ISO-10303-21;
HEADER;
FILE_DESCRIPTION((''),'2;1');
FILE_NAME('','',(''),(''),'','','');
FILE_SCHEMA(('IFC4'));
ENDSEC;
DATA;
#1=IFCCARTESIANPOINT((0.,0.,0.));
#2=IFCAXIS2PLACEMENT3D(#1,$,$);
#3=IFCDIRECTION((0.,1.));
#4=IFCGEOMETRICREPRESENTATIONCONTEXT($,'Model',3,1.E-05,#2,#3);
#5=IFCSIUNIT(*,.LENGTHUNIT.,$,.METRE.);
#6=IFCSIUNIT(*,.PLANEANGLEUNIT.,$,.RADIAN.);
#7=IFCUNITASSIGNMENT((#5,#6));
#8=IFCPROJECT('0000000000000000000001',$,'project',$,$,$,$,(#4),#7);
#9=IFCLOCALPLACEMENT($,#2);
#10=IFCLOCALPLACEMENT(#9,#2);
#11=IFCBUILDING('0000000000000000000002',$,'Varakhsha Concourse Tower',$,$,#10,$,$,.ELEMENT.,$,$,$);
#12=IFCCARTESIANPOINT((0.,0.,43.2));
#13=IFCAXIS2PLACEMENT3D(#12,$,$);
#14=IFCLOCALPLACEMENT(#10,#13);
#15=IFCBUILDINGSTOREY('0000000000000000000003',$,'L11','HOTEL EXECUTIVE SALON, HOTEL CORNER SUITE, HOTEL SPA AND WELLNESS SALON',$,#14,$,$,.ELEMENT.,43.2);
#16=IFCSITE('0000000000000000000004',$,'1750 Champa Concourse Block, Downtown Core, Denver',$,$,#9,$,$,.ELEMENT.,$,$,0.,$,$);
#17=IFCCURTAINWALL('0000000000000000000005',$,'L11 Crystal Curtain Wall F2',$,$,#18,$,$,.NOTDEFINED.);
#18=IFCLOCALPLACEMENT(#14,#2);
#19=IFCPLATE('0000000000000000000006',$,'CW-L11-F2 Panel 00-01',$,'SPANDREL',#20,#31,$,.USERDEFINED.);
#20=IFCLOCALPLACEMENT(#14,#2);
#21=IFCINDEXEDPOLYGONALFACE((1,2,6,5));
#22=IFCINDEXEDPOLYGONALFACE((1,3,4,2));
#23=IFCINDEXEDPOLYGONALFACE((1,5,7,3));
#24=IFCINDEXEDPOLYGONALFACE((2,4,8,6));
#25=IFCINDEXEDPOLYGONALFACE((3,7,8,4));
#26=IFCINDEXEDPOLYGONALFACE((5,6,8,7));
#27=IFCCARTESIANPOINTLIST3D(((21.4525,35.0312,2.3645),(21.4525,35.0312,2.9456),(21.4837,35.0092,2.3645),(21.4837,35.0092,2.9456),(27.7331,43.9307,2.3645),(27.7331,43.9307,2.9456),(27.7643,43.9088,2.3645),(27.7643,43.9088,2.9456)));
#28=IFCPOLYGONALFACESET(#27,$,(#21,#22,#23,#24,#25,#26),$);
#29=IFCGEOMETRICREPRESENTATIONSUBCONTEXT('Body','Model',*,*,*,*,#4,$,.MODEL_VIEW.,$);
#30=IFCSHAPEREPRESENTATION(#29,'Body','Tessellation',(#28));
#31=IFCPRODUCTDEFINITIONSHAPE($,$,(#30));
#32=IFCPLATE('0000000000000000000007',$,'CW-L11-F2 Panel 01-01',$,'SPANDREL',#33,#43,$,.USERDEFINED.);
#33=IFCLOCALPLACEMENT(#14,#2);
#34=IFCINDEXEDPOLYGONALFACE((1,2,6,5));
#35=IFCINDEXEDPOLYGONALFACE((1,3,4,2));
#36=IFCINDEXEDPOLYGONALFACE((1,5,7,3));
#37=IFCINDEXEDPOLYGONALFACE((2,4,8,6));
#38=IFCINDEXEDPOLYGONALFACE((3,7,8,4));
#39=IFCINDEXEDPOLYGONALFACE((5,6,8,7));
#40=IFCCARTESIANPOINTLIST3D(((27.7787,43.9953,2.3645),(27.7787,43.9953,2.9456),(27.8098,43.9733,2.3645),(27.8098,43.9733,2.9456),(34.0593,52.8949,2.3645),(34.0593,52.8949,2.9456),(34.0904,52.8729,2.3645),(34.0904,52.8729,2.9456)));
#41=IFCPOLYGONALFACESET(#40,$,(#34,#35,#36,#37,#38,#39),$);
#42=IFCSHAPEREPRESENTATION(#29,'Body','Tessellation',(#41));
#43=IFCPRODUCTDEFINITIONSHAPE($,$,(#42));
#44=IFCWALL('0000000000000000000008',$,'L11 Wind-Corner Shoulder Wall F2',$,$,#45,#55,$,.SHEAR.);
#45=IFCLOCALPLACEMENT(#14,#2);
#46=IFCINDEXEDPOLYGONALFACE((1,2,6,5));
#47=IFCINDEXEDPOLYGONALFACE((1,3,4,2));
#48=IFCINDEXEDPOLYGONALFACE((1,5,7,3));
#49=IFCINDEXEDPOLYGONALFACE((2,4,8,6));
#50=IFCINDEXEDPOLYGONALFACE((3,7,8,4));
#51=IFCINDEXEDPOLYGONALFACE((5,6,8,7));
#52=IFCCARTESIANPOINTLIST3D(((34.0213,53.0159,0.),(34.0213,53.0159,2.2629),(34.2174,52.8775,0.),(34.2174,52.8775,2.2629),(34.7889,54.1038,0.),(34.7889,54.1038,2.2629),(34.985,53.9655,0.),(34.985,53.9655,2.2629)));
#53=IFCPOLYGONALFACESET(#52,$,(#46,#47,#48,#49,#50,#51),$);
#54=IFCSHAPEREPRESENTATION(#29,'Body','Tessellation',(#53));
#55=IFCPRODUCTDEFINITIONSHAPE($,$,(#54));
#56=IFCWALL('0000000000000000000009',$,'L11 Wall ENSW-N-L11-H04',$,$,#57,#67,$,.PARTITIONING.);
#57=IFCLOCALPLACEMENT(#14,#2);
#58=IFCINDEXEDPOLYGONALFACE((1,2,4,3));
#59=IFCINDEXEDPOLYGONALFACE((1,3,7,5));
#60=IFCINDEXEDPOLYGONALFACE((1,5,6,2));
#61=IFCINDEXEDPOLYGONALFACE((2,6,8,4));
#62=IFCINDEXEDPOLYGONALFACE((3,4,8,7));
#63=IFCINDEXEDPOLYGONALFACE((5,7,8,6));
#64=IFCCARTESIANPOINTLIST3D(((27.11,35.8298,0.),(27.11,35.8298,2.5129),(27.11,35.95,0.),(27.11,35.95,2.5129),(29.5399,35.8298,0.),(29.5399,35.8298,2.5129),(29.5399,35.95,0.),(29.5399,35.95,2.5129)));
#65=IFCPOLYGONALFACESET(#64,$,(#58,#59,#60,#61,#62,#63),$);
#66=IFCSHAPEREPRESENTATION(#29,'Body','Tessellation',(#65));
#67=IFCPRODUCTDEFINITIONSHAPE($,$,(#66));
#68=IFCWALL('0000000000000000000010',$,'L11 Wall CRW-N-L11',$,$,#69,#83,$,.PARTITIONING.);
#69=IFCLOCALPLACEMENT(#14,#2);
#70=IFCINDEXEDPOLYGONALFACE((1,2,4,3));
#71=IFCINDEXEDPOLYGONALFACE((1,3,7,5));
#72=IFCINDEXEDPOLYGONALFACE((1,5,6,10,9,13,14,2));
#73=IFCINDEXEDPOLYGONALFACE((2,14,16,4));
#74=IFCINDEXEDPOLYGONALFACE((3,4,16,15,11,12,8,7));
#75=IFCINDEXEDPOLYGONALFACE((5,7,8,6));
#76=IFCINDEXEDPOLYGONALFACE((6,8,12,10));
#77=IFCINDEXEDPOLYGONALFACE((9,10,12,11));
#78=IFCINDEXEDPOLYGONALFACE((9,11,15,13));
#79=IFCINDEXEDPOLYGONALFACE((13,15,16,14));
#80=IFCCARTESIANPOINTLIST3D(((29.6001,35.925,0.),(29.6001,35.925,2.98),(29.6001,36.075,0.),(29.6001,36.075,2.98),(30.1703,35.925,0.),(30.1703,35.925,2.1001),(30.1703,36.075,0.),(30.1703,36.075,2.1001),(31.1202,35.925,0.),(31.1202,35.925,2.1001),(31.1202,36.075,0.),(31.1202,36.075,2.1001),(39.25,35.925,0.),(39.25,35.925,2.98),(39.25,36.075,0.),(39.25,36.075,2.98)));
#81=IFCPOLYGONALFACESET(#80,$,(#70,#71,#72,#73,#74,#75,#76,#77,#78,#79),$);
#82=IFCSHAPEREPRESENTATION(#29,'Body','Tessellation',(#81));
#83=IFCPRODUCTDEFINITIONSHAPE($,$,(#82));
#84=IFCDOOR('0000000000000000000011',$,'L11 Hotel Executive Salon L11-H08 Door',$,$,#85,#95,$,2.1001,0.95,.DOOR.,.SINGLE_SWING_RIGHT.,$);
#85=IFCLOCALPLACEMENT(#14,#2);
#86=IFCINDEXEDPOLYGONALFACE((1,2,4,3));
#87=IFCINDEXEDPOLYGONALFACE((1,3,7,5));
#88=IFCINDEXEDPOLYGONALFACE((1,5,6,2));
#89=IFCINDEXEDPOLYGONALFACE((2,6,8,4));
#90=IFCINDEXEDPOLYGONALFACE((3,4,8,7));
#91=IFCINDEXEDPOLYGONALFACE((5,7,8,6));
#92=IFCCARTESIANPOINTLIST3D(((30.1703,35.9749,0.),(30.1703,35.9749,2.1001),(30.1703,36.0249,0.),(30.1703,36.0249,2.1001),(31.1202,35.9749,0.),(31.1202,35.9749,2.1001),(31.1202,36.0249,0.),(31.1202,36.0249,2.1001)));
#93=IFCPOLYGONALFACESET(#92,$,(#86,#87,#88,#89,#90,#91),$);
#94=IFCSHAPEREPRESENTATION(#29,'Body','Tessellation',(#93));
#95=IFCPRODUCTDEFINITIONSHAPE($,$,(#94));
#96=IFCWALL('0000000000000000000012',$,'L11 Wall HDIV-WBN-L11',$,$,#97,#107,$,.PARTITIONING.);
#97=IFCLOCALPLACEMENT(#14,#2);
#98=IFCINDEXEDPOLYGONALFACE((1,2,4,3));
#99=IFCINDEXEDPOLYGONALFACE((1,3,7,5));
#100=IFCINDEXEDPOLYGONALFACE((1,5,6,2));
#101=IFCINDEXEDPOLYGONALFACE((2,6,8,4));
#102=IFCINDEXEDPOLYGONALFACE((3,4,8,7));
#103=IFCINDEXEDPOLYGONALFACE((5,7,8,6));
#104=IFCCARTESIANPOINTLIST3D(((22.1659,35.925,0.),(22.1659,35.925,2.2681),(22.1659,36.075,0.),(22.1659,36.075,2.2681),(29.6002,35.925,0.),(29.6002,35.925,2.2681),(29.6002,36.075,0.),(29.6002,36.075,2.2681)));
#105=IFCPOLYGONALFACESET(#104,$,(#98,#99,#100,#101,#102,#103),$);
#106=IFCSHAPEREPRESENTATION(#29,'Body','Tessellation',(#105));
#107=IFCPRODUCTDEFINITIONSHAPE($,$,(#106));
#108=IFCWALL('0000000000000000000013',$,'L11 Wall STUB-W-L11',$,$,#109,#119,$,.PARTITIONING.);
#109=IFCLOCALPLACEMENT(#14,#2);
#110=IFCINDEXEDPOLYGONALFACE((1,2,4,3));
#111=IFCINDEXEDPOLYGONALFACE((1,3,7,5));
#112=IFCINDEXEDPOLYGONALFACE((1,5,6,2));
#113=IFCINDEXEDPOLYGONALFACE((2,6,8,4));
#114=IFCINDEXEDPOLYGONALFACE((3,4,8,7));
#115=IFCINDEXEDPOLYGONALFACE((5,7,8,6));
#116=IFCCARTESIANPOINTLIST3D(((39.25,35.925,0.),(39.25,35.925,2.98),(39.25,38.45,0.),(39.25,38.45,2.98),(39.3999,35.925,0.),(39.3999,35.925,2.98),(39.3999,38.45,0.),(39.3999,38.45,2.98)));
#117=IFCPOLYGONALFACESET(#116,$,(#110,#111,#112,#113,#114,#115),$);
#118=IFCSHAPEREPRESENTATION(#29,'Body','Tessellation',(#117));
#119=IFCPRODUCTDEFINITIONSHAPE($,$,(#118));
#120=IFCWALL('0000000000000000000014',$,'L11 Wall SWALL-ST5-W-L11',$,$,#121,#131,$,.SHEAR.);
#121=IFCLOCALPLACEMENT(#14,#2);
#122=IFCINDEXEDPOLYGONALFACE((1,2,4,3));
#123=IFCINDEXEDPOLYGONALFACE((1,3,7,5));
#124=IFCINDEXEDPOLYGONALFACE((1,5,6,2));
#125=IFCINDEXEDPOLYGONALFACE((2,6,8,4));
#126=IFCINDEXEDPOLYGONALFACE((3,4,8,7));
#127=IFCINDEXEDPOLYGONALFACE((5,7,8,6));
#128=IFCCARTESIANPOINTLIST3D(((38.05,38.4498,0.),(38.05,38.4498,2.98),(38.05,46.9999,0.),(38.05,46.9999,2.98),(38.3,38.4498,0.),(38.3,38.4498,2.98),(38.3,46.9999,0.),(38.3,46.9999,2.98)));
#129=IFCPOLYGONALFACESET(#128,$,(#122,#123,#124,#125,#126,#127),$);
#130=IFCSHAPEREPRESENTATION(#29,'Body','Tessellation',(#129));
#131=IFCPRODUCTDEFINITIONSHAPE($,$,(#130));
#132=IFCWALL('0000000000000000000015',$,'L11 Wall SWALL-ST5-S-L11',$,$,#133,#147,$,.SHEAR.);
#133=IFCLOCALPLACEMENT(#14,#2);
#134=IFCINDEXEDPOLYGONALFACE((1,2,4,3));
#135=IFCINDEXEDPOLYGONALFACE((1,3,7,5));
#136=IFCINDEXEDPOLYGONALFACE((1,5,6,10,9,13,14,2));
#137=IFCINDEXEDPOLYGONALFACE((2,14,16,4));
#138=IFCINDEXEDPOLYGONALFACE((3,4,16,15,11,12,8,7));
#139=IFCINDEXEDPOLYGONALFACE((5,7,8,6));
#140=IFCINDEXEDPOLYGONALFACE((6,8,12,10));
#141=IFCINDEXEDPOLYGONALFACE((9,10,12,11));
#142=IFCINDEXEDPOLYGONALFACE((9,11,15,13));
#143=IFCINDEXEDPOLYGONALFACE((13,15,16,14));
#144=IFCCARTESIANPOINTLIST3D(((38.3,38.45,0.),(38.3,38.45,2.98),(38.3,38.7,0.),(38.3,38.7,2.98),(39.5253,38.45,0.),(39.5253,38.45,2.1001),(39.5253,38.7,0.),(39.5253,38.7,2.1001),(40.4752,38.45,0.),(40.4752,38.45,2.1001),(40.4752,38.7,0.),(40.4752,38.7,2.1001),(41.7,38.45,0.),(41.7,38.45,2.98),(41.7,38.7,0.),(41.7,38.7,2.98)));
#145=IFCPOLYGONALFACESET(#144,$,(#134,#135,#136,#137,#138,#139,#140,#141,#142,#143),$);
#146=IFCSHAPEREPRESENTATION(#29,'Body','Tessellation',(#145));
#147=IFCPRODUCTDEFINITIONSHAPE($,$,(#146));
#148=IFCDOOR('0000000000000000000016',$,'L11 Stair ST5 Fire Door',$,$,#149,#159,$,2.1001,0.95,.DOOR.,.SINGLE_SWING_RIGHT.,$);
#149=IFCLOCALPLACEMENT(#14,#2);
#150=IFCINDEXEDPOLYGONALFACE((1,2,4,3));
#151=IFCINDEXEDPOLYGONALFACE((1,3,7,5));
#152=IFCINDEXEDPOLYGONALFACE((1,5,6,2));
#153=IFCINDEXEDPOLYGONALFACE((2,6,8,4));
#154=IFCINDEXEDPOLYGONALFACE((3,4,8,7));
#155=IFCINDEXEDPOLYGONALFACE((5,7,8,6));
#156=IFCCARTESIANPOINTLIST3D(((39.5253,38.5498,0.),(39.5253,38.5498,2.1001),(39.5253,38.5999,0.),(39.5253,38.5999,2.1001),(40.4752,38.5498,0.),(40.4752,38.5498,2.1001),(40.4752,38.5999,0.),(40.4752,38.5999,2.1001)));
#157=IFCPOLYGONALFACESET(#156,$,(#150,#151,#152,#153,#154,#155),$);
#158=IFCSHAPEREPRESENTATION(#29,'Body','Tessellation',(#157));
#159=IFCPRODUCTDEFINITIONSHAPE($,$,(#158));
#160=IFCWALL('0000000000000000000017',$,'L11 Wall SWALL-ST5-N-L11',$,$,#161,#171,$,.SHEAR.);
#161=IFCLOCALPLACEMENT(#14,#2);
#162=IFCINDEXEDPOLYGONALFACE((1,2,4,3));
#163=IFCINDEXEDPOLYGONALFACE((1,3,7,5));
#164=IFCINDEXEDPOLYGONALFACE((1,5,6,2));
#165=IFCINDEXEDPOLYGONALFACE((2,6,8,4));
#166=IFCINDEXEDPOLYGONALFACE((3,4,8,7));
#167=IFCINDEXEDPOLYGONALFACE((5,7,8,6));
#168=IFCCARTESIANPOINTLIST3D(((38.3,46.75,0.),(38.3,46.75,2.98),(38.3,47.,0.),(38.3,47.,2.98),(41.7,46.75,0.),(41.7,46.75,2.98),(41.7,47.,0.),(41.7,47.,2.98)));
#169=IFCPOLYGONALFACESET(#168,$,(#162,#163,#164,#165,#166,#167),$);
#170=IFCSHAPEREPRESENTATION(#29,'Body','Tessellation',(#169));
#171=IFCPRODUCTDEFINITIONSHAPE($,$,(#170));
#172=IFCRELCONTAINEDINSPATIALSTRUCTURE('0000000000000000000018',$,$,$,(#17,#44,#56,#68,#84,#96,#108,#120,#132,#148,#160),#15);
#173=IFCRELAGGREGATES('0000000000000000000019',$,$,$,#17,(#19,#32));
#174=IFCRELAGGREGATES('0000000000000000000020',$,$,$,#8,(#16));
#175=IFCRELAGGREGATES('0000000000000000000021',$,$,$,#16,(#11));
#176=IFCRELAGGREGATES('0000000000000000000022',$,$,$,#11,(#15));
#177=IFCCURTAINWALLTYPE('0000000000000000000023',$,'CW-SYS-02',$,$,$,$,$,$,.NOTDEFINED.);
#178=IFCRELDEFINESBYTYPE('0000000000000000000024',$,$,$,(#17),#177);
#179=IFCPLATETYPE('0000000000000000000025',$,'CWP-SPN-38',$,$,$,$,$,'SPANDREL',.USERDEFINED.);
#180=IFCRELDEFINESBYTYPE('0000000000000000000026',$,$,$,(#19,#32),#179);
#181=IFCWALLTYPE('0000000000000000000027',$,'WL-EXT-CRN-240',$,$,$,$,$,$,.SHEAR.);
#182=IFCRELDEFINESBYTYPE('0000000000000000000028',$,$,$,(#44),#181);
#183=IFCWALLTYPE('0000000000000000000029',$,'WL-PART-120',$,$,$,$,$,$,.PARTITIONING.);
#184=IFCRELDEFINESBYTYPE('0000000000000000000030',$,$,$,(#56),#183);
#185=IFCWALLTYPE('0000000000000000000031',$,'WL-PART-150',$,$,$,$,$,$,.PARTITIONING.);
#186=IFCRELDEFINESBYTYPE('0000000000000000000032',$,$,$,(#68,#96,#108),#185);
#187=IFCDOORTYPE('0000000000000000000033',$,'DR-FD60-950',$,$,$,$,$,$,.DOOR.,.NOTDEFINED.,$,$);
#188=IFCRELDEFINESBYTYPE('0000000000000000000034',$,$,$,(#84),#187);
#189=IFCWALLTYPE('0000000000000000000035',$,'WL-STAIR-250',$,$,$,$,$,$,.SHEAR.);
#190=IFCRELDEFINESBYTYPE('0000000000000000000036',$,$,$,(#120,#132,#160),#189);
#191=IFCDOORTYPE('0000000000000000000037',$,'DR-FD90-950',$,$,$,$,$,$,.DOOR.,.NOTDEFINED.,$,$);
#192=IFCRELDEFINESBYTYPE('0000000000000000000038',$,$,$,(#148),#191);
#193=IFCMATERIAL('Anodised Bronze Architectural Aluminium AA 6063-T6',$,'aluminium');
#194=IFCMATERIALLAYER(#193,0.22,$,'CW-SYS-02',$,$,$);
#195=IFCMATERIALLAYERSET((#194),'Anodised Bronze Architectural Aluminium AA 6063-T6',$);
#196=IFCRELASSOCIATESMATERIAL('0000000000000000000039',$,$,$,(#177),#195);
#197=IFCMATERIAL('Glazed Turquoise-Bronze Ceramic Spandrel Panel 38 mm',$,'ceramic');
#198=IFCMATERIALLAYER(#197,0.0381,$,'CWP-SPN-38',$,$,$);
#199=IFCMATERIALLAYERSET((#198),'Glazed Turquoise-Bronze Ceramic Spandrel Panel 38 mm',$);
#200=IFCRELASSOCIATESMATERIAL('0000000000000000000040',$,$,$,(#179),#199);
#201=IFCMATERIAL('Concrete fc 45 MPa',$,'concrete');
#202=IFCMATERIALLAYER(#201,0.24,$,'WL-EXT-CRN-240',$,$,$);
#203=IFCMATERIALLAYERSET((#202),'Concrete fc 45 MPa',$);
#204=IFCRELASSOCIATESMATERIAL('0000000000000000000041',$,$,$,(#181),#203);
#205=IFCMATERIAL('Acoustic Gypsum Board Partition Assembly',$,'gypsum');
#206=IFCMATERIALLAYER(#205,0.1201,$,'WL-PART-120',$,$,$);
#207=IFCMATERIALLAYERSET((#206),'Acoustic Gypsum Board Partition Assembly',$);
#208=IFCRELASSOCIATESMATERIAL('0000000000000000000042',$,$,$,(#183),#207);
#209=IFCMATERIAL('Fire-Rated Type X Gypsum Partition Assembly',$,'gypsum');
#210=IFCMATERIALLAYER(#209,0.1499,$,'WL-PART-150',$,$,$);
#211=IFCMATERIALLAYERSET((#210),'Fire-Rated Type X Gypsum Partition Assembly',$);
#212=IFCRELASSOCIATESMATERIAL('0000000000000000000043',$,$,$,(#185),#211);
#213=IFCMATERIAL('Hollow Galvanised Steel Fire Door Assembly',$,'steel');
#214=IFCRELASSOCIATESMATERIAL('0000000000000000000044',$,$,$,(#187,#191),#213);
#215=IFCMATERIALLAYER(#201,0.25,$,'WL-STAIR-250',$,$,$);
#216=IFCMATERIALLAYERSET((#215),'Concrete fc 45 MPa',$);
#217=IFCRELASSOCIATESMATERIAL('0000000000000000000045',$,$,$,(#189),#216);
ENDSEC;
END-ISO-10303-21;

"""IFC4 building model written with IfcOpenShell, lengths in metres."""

from ifc_helpers import new_model, si_unit, direction, frame, frame_2d, origin, origin_2d, place, context, subcontext, project, spatial, rectangle, extrude, source, transform, mapped, material, layer, layer_set, type_object, type_shapes, element, fill, aggregate, save


model = new_model("IFC4")

# Units and contexts
model_context = context("Model", 3, precision=1e-05, world=origin(), true_north=direction((0.0, 1.0)))
body_context = subcontext(model_context, "Body", "Model", "MODEL_VIEW")
ifc_project = project(units=[si_unit("LENGTHUNIT", "METRE"), si_unit("PLANEANGLEUNIT", "RADIAN")], contexts=[model_context])

# Site, building, storey
site_placement = place(None, origin())
site = spatial("IfcSite", under=ifc_project, at=site_placement, Name="1750 Champa Concourse Block, Downtown Core, Denver", CompositionType="ELEMENT", RefElevation=0.0)
building_placement = place(site_placement, origin())
building = spatial("IfcBuilding", under=site, at=building_placement, Name="Varakhsha Concourse Tower", CompositionType="ELEMENT")
storey_placement = place(building_placement, frame((0.0, 0.0, 43.2)))
storey = spatial("IfcBuildingStorey", under=building, at=storey_placement, Name="L11", Description="HOTEL EXECUTIVE SALON, HOTEL CORNER SUITE, HOTEL SPA AND WELLNESS SALON", CompositionType="ELEMENT", Elevation=43.2)

# Shared definitions
ifc_material_1 = material(Name="Anodised Bronze Architectural Aluminium AA 6063-T6", Category="aluminium")
ifc_layer_1 = layer(ifc_material_1, 0.22, Name="CW-SYS-02")
ifc_layer_set_1 = layer_set([ifc_layer_1], Name="Anodised Bronze Architectural Aluminium AA 6063-T6")
curtain_wall_type = type_object("IfcCurtainWallType", Name="CW-SYS-02", PredefinedType="NOTDEFINED", material=ifc_layer_set_1)

# Curtain wall
curtain_wall_1_placement = place(storey_placement, origin())
curtain_wall_1 = element("IfcCurtainWall", 1, at=curtain_wall_1_placement, inside=storey, type_object=curtain_wall_type, Name="L11 Crystal Curtain Wall F2", PredefinedType="NOTDEFINED")

# Plates
ifc_material_2 = material(Name="Glazed Turquoise-Bronze Ceramic Spandrel Panel 38 mm", Category="ceramic")
ifc_layer_2 = layer(ifc_material_2, 0.0381, Name="CWP-SPN-38")
ifc_layer_set_2 = layer_set([ifc_layer_2], Name="Glazed Turquoise-Bronze Ceramic Spandrel Panel 38 mm")
plate_type_1 = type_object("IfcPlateType", Name="CWP-SPN-38", ElementType="SPANDREL", PredefinedType="USERDEFINED", material=ifc_layer_set_2)
shared_shape_1 = source(origin(), body_context, "Body", "SweptSolid", [
    extrude(rectangle(XDim=10.8926, YDim=0.0381, at=origin_2d()), origin(), (0.0, 0.0, 1.0), 0.5811),
])
type_shapes(plate_type_1, [shared_shape_1])
plate_1_placement = place(storey_placement, frame((24.6084, 39.47, 2.3645), z_axis=(0.0, 0.0, 1.0), x_axis=(0.576593, 0.817031, 0.0)))
plate_1 = element("IfcPlate", 2, at=plate_1_placement, type_object=plate_type_1, Name="CW-L11-F2 Panel 00-01", ObjectType="SPANDREL", PredefinedType="USERDEFINED", context=body_context, shape_type="MappedRepresentation", body=[
    mapped(shared_shape_1, transform((0.0, 0.0, 0.0), scale=1.0)),
])
plate_2_placement = place(storey_placement, frame((30.9346, 48.4341, 2.3645), z_axis=(0.0, 0.0, 1.0), x_axis=(0.576593, 0.817031, 0.0)))
plate_2 = element("IfcPlate", 3, at=plate_2_placement, type_object=plate_type_1, Name="CW-L11-F2 Panel 01-01", ObjectType="SPANDREL", PredefinedType="USERDEFINED", context=body_context, shape_type="MappedRepresentation", body=[
    mapped(shared_shape_1, transform((0.0, 0.0, 0.0), scale=1.0)),
])
aggregate(curtain_wall_1, [plate_1, plate_2])

# Walls
ifc_material_3 = material(Name="Concrete fc 45 MPa", Category="concrete")
ifc_layer_3 = layer(ifc_material_3, 0.24, Name="WL-EXT-CRN-240")
ifc_layer_set_3 = layer_set([ifc_layer_3], Name="Concrete fc 45 MPa")
wall_type_1 = type_object("IfcWallType", Name="WL-EXT-CRN-240", PredefinedType="SHEAR", material=ifc_layer_set_3)
wall_1_placement = place(storey_placement, frame((34.887, 54.0347, 0.0), z_axis=(0.0, 0.0, 1.0), x_axis=(-0.57651, -0.81709, 0.0)))
element("IfcWall", 4, at=wall_1_placement, inside=storey, type_object=wall_type_1, Name="L11 Wind-Corner Shoulder Wall F2", PredefinedType="SHEAR", context=body_context, shape_type="SweptSolid", body=[
    extrude(rectangle(XDim=1.3315, YDim=0.24, at=frame_2d((0.6658, 0.0))), origin(), (0.0, 0.0, 1.0), 2.2629),
])
ifc_material_4 = material(Name="Acoustic Gypsum Board Partition Assembly", Category="gypsum")
ifc_layer_4 = layer(ifc_material_4, 0.1201, Name="WL-PART-120")
ifc_layer_set_4 = layer_set([ifc_layer_4], Name="Acoustic Gypsum Board Partition Assembly")
wall_type_2 = type_object("IfcWallType", Name="WL-PART-120", PredefinedType="PARTITIONING", material=ifc_layer_set_4)
wall_2_placement = place(storey_placement, frame((27.1101, 35.8899, 0.0), z_axis=(0.0, 0.0, 1.0), x_axis=(1.0, 0.0, 0.0)))
element("IfcWall", 5, at=wall_2_placement, inside=storey, type_object=wall_type_2, Name="L11 Wall ENSW-N-L11-H04", PredefinedType="PARTITIONING", context=body_context, shape_type="SweptSolid", body=[
    extrude(rectangle(XDim=2.4299, YDim=0.1201, at=frame_2d((1.2148, 0.0))), origin(), (0.0, 0.0, 1.0), 2.5129),
])

# Wall, opening, door
ifc_material_5 = material(Name="Fire-Rated Type X Gypsum Partition Assembly", Category="gypsum")
ifc_layer_5 = layer(ifc_material_5, 0.1499, Name="WL-PART-150")
ifc_layer_set_5 = layer_set([ifc_layer_5], Name="Fire-Rated Type X Gypsum Partition Assembly")
wall_type_3 = type_object("IfcWallType", Name="WL-PART-150", PredefinedType="PARTITIONING", material=ifc_layer_set_5)
wall_3_placement = place(storey_placement, frame((29.6001, 36.0, 0.0), z_axis=(0.0, 0.0, 1.0), x_axis=(1.0, 0.0, 0.0)))
wall_3 = element("IfcWall", 6, at=wall_3_placement, inside=storey, type_object=wall_type_3, Name="L11 Wall CRW-N-L11", PredefinedType="PARTITIONING", context=body_context, shape_type="SweptSolid", body=[
    extrude(rectangle(XDim=9.6499, YDim=0.1499, at=frame_2d((4.825, 0.0))), origin(), (0.0, 0.0, 1.0), 2.98),
])
opening_1_placement = place(wall_3_placement, frame((0.5701, 0.0, 0.0)))
opening_1 = element("IfcOpeningElement", 7, at=opening_1_placement, cuts=wall_3, PredefinedType="OPENING", context=body_context, shape_type="SweptSolid", body=[
    extrude(rectangle(XDim=0.95, YDim=2.1001, at=frame_2d((0.4751, 1.05))), frame((0.0, 0.085, 0.0), z_axis=(0.0, -1.0, 0.0), x_axis=(1.0, 0.0, 0.0)), (0.0, 0.0, 1.0), 0.1699),
])
ifc_material_6 = material(Name="Hollow Galvanised Steel Fire Door Assembly", Category="steel")
door_type_1 = type_object("IfcDoorType", Name="DR-FD60-950", OperationType="NOTDEFINED", PredefinedType="DOOR", material=ifc_material_6)
door_1_placement = place(opening_1_placement, origin())
door_1 = element("IfcDoor", 8, at=door_1_placement, inside=storey, type_object=door_type_1, Name="L11 Hotel Executive Salon L11-H08 Door", OperationType="SINGLE_SWING_RIGHT", OverallHeight=2.1001, OverallWidth=0.95, PredefinedType="DOOR", context=body_context, shape_type="SweptSolid", body=[
    extrude(rectangle(XDim=0.95, YDim=2.1001, at=frame_2d((0.4751, 1.05))), frame((0.0, 0.0249, 0.0), z_axis=(0.0, -1.0, 0.0), x_axis=(1.0, 0.0, 0.0)), (0.0, 0.0, 1.0), 0.05),
])
fill(opening_1, door_1)

# Walls
wall_4_placement = place(storey_placement, frame((22.1658, 36.0, 0.0), z_axis=(0.0, 0.0, 1.0), x_axis=(1.0, 0.0, 0.0)))
element("IfcWall", 9, at=wall_4_placement, inside=storey, type_object=wall_type_3, Name="L11 Wall HDIV-WBN-L11", PredefinedType="PARTITIONING", context=body_context, shape_type="SweptSolid", body=[
    extrude(rectangle(XDim=7.4343, YDim=0.1499, at=frame_2d((3.7173, 0.0))), origin(), (0.0, 0.0, 1.0), 2.2681),
])
wall_5_placement = place(storey_placement, frame((39.325, 35.925, 0.0), z_axis=(0.0, 0.0, 1.0), x_axis=(0.0, 1.0, 0.0)))
element("IfcWall", 10, at=wall_5_placement, inside=storey, type_object=wall_type_3, Name="L11 Wall STUB-W-L11", PredefinedType="PARTITIONING", context=body_context, shape_type="SweptSolid", body=[
    extrude(rectangle(XDim=2.5249, YDim=0.1499, at=frame_2d((1.2625, 0.0))), origin(), (0.0, 0.0, 1.0), 2.98),
])
ifc_layer_6 = layer(ifc_material_3, 0.25, Name="WL-STAIR-250")
ifc_layer_set_6 = layer_set([ifc_layer_6], Name="Concrete fc 45 MPa")
wall_type_4 = type_object("IfcWallType", Name="WL-STAIR-250", PredefinedType="SHEAR", material=ifc_layer_set_6)
wall_6_placement = place(storey_placement, frame((38.175, 38.45, 0.0), z_axis=(0.0, 0.0, 1.0), x_axis=(0.0, 1.0, 0.0)))
element("IfcWall", 11, at=wall_6_placement, inside=storey, type_object=wall_type_4, Name="L11 Wall SWALL-ST5-W-L11", PredefinedType="SHEAR", context=body_context, shape_type="SweptSolid", body=[
    extrude(rectangle(XDim=8.55, YDim=0.25, at=frame_2d((4.2749, 0.0))), origin(), (0.0, 0.0, 1.0), 2.98),
])

# Wall, opening, door
wall_7_placement = place(storey_placement, frame((38.3, 38.575, 0.0), z_axis=(0.0, 0.0, 1.0), x_axis=(1.0, 0.0, 0.0)))
wall_7 = element("IfcWall", 12, at=wall_7_placement, inside=storey, type_object=wall_type_4, Name="L11 Wall SWALL-ST5-S-L11", PredefinedType="SHEAR", context=body_context, shape_type="SweptSolid", body=[
    extrude(rectangle(XDim=3.3999, YDim=0.25, at=frame_2d((1.7, 0.0))), origin(), (0.0, 0.0, 1.0), 2.98),
])
opening_2_placement = place(wall_7_placement, frame((1.2251, 0.0, 0.0)))
opening_2 = element("IfcOpeningElement", 13, at=opening_2_placement, cuts=wall_7, PredefinedType="OPENING", context=body_context, shape_type="SweptSolid", body=[
    extrude(rectangle(XDim=0.95, YDim=2.1001, at=frame_2d((0.4751, 1.05))), frame((0.0, 0.135, 0.0), z_axis=(0.0, -1.0, 0.0), x_axis=(1.0, 0.0, 0.0)), (0.0, 0.0, 1.0), 0.27),
])
door_type_2 = type_object("IfcDoorType", Name="DR-FD90-950", OperationType="NOTDEFINED", PredefinedType="DOOR", material=ifc_material_6)
door_2_placement = place(opening_2_placement, origin())
door_2 = element("IfcDoor", 14, at=door_2_placement, inside=storey, type_object=door_type_2, Name="L11 Stair ST5 Fire Door", OperationType="SINGLE_SWING_RIGHT", OverallHeight=2.1001, OverallWidth=0.95, PredefinedType="DOOR", context=body_context, shape_type="SweptSolid", body=[
    extrude(rectangle(XDim=0.95, YDim=2.1001, at=frame_2d((0.4751, 1.05))), frame((0.0, 0.0249, 0.0), z_axis=(0.0, -1.0, 0.0), x_axis=(1.0, 0.0, 0.0)), (0.0, 0.0, 1.0), 0.05),
])
fill(opening_2, door_2)

# Wall
wall_8_placement = place(storey_placement, frame((38.3, 46.875, 0.0), z_axis=(0.0, 0.0, 1.0), x_axis=(1.0, 0.0, 0.0)))
element("IfcWall", 15, at=wall_8_placement, inside=storey, type_object=wall_type_4, Name="L11 Wall SWALL-ST5-N-L11", PredefinedType="SHEAR", context=body_context, shape_type="SweptSolid", body=[
    extrude(rectangle(XDim=3.3999, YDim=0.25, at=frame_2d((1.7, 0.0))), origin(), (0.0, 0.0, 1.0), 2.98),
])

save(model, "model.ifc")
